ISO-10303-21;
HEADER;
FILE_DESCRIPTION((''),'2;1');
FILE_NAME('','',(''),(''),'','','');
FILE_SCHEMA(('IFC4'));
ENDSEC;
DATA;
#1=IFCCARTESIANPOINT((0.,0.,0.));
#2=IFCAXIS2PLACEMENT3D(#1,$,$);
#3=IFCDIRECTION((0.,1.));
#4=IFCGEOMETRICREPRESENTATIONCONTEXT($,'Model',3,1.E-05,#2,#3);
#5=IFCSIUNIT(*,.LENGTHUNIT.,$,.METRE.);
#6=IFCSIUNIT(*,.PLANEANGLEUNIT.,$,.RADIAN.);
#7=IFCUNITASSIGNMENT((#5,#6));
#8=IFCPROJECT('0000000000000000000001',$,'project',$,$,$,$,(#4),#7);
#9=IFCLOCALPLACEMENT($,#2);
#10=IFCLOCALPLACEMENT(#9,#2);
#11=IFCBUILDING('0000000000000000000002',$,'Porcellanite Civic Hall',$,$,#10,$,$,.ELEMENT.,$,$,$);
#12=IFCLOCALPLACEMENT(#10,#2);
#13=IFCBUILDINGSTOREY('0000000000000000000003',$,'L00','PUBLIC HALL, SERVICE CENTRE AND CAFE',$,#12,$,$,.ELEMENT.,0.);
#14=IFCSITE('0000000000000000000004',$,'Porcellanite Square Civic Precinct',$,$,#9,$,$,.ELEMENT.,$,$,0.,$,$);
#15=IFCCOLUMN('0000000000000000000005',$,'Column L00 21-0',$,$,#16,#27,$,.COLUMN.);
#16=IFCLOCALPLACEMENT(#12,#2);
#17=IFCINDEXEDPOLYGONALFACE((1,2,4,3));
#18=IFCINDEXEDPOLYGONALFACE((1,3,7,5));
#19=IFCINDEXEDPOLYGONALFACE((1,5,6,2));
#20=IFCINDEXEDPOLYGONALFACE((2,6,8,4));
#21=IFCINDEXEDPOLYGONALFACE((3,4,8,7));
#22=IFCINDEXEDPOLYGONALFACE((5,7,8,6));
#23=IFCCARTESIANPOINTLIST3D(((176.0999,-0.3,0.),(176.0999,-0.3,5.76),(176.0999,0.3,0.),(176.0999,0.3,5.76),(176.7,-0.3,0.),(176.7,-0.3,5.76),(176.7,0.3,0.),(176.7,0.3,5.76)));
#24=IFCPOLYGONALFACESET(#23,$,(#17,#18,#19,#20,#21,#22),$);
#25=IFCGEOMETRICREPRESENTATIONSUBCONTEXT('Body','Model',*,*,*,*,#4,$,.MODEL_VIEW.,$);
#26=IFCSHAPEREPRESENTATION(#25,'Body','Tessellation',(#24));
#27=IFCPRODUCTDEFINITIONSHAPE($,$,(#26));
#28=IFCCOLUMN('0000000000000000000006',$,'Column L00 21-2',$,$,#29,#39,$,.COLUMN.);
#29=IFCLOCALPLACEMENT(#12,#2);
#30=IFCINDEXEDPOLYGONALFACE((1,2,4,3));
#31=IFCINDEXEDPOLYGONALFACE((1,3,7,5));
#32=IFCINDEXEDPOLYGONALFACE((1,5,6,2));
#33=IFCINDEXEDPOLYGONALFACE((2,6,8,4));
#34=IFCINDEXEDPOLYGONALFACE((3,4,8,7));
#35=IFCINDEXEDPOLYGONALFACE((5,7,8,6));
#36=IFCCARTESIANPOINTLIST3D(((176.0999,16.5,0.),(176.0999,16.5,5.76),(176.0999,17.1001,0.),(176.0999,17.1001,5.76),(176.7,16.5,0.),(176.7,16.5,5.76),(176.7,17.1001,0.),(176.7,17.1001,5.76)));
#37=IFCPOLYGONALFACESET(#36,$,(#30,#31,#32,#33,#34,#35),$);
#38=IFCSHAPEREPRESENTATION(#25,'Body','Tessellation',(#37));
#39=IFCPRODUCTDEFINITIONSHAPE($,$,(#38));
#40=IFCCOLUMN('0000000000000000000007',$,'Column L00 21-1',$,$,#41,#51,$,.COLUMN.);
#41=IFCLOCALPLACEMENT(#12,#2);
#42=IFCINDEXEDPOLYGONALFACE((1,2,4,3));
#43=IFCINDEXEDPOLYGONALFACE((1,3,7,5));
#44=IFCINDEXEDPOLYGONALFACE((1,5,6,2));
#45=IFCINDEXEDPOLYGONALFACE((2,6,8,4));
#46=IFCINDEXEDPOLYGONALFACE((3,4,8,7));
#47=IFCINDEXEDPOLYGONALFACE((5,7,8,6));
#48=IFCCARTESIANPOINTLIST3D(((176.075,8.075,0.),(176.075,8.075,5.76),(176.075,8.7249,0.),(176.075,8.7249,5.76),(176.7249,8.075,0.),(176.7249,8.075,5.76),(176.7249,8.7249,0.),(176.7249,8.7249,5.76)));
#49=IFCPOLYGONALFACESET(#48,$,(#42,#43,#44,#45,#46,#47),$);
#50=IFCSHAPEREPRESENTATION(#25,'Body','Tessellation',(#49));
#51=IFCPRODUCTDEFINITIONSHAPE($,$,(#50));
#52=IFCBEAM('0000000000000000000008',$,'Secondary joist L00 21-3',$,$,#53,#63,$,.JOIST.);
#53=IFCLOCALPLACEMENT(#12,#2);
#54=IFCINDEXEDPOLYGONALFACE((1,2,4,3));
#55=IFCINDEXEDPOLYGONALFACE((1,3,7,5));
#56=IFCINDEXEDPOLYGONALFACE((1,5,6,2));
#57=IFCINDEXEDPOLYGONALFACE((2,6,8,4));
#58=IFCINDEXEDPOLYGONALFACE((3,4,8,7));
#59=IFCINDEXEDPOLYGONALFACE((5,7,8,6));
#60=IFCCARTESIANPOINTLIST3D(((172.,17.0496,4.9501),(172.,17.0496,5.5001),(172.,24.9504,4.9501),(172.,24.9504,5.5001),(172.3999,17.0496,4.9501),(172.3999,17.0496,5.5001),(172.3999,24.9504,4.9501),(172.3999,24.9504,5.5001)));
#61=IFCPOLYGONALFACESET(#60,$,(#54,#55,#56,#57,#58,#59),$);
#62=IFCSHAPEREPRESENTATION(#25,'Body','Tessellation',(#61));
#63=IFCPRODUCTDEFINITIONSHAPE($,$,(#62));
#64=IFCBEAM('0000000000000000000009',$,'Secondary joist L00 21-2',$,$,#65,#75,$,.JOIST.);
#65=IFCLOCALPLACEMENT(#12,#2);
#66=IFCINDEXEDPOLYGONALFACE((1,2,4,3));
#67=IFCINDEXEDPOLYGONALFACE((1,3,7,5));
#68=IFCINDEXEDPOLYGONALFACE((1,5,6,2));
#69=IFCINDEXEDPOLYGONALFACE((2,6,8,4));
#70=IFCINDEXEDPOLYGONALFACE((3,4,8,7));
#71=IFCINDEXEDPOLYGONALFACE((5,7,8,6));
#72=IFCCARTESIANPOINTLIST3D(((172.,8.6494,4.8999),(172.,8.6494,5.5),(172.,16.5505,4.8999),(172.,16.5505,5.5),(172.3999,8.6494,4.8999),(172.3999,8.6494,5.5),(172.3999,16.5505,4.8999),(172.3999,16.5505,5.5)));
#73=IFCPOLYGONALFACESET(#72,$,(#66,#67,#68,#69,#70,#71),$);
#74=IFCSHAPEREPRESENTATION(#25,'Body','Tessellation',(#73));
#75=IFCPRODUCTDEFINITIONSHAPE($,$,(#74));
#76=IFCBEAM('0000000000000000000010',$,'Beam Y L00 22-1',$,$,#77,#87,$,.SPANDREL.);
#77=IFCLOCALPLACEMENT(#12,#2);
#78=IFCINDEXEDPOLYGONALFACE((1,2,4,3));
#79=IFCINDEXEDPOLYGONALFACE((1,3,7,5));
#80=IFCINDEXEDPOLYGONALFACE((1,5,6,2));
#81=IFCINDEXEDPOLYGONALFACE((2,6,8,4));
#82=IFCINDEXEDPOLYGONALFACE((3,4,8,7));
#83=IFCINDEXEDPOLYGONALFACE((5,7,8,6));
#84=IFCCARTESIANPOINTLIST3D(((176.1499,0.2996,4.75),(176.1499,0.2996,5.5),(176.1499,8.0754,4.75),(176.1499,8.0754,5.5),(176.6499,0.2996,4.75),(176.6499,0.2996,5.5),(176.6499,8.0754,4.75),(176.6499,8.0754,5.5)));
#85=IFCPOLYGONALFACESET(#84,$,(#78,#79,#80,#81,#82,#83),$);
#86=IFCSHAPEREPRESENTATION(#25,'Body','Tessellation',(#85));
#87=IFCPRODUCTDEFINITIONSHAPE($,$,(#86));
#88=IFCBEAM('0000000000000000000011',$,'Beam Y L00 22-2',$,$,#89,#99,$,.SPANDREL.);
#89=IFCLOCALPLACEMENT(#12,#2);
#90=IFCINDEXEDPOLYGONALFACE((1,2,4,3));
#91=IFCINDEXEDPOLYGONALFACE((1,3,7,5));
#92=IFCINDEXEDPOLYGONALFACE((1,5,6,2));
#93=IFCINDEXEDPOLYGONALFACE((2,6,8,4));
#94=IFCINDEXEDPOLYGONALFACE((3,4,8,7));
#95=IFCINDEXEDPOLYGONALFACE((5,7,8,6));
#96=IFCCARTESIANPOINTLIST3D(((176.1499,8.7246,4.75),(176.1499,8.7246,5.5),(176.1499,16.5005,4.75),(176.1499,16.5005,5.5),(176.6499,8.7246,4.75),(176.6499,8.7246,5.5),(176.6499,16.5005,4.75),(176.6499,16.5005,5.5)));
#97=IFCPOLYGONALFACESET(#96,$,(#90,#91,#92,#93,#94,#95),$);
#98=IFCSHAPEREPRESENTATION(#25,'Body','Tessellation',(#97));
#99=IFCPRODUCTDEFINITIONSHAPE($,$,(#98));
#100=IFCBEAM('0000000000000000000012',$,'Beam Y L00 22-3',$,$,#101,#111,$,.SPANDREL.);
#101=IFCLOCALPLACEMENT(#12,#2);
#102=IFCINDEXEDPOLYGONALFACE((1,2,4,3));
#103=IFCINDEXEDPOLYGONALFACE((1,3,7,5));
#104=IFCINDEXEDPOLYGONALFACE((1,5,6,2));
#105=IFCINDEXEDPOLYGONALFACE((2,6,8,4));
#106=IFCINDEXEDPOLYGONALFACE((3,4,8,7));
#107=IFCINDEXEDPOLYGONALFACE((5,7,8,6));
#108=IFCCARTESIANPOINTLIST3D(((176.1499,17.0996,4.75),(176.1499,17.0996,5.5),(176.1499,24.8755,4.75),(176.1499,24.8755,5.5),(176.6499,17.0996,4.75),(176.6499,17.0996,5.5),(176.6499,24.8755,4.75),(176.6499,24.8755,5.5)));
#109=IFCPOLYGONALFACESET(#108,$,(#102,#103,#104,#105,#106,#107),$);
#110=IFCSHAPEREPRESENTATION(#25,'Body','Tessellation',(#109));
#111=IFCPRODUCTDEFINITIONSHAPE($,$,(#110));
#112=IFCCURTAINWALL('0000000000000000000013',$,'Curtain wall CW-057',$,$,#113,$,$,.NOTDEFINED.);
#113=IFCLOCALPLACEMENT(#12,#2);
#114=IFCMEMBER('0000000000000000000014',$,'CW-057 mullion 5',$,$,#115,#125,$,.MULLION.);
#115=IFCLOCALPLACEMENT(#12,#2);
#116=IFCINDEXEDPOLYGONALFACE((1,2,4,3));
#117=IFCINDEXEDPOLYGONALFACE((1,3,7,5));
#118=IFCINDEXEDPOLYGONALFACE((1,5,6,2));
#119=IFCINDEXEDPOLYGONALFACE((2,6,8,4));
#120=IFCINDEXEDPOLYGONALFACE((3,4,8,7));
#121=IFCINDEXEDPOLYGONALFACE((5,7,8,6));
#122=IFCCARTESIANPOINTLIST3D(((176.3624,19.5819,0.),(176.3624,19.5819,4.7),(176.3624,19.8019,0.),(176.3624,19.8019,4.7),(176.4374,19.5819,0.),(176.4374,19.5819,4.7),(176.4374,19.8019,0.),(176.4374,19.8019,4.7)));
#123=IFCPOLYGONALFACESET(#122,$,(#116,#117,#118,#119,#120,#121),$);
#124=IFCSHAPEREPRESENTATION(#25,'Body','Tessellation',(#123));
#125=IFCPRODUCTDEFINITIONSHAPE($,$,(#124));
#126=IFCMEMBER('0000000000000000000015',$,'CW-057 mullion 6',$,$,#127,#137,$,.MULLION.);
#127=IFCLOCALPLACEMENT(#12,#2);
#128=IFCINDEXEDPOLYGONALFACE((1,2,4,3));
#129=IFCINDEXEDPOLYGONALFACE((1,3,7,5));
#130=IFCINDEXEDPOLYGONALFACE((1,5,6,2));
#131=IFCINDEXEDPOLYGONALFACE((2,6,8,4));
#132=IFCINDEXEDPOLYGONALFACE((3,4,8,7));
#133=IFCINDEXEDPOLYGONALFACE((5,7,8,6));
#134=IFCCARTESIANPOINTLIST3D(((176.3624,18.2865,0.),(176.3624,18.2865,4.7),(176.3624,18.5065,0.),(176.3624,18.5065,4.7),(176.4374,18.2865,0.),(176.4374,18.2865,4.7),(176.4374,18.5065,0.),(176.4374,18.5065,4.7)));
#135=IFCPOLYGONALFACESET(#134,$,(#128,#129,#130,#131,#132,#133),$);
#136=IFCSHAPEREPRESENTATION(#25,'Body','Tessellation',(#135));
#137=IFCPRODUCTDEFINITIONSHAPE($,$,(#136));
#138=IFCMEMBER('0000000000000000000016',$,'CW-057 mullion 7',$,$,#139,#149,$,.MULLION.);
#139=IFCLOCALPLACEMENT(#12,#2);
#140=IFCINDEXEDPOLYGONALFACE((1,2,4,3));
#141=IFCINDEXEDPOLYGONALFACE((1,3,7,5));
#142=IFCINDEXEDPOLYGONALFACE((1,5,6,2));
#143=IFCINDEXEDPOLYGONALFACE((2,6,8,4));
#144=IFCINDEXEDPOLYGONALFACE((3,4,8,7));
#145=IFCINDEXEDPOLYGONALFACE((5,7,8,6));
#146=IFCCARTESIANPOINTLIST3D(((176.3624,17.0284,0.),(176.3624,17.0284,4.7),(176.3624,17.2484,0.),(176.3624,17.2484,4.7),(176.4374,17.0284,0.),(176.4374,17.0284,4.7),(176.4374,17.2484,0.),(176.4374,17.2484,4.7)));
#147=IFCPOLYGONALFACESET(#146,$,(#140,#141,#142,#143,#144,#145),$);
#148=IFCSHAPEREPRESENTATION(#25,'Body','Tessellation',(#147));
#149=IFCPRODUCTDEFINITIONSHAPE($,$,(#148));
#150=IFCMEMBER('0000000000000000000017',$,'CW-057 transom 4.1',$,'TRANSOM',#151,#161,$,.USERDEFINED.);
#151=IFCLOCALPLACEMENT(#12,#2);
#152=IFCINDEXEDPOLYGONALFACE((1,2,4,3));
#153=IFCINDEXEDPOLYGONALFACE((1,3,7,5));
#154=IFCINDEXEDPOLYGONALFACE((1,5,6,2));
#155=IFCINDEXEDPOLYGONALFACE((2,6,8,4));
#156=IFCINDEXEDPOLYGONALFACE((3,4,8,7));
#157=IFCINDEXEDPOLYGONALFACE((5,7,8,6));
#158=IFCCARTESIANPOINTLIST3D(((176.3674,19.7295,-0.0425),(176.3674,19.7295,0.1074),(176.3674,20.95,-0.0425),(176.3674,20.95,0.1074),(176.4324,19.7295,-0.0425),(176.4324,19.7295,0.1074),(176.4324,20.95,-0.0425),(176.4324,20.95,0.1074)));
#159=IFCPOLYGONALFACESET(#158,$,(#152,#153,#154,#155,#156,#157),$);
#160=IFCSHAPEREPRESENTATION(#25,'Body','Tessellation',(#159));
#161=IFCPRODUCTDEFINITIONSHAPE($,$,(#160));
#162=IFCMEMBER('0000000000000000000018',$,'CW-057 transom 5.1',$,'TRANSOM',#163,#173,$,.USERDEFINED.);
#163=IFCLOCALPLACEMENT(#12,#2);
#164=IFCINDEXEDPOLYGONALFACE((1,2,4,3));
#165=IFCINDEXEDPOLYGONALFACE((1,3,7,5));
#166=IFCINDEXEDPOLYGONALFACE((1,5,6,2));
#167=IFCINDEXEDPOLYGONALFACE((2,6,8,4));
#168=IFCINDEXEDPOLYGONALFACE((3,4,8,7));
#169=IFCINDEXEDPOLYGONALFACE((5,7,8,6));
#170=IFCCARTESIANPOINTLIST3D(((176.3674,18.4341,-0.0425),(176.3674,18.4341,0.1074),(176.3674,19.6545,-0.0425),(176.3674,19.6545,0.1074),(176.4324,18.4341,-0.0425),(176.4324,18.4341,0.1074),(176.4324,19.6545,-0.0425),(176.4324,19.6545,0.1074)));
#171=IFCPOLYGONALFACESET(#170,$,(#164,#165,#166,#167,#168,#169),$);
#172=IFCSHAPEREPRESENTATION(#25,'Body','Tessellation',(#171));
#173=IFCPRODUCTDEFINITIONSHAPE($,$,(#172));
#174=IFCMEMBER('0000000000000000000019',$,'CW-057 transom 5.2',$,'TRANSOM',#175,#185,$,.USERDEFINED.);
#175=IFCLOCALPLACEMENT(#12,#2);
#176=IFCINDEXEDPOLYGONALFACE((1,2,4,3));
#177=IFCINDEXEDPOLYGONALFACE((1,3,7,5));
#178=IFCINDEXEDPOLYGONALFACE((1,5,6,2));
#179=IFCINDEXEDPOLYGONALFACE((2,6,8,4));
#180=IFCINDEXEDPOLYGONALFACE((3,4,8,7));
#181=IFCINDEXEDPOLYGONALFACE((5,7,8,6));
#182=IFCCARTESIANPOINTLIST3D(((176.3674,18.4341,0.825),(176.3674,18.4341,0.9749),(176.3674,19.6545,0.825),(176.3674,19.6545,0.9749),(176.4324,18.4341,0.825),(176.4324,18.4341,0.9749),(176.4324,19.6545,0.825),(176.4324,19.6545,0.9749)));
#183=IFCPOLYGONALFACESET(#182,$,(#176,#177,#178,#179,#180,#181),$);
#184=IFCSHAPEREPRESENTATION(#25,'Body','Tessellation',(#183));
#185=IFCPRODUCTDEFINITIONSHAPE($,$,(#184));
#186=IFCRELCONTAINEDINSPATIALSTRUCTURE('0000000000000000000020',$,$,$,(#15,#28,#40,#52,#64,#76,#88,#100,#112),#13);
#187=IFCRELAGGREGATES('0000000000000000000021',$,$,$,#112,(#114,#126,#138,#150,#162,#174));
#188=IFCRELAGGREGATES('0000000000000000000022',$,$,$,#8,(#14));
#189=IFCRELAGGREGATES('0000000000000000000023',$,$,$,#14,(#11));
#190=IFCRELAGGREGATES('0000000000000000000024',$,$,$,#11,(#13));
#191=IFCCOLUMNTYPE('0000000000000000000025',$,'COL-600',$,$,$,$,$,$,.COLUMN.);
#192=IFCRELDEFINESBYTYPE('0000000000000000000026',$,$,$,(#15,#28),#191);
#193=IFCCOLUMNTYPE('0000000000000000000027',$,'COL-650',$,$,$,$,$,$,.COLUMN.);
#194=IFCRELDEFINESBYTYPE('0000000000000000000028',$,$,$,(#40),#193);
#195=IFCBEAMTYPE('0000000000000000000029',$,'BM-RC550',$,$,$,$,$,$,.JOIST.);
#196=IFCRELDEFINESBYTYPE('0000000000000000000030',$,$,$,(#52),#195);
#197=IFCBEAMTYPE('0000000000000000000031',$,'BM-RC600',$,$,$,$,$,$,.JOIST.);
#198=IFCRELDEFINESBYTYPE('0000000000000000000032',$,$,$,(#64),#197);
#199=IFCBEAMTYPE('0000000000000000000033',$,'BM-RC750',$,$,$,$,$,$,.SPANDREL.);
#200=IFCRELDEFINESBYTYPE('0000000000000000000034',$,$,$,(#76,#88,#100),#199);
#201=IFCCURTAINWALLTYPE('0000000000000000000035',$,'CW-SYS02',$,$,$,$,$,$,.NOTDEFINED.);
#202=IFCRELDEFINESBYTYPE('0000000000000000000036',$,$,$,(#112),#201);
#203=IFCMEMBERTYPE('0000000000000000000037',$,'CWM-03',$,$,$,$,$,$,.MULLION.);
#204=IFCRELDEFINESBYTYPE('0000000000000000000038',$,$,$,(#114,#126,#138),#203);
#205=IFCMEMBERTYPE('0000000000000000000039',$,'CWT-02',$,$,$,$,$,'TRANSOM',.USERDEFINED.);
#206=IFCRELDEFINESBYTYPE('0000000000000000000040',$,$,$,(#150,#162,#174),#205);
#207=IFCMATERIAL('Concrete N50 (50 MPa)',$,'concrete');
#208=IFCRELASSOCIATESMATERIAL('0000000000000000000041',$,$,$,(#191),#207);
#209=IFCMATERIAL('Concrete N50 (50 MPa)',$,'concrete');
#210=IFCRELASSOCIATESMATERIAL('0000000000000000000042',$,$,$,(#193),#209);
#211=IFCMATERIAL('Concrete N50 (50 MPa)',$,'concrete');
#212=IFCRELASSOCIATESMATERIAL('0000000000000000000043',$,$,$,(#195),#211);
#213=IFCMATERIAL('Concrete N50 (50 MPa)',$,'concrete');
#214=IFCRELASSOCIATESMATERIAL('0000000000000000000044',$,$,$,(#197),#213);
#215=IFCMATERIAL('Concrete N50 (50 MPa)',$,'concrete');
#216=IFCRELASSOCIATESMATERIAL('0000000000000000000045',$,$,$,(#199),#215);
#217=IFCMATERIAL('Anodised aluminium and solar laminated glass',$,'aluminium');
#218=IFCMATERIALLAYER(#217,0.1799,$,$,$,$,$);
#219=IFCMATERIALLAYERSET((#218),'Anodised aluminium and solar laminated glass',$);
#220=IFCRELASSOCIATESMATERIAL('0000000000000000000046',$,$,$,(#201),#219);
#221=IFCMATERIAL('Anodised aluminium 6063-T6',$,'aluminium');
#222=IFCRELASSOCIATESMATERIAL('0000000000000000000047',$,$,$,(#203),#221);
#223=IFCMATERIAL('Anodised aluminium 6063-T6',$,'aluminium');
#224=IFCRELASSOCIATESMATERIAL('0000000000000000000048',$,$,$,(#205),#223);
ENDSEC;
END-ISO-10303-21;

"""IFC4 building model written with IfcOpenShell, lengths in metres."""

from ifc_helpers import new_model, si_unit, direction, frame, origin, origin_2d, place, context, subcontext, project, spatial, rectangle, extrude, material, layer, layer_set, material_profile, profile_set, type_object, element, aggregate, save


model = new_model("IFC4")

# Units and contexts
model_context = context("Model", 3, precision=1e-05, world=origin(), true_north=direction((0.0, 1.0)))
body_context = subcontext(model_context, "Body", "Model", "MODEL_VIEW")
ifc_project = project(units=[si_unit("LENGTHUNIT", "METRE"), si_unit("PLANEANGLEUNIT", "RADIAN")], contexts=[model_context])

# Site, building, storey
site_placement = place(None, origin())
site = spatial("IfcSite", under=ifc_project, at=site_placement, Name="Porcellanite Square Civic Precinct", CompositionType="ELEMENT", RefElevation=0.0)
building_placement = place(site_placement, origin())
building = spatial("IfcBuilding", under=site, at=building_placement, Name="Porcellanite Civic Hall", CompositionType="ELEMENT")
storey_placement = place(building_placement, origin())
storey = spatial("IfcBuildingStorey", under=building, at=storey_placement, Name="L00", Description="PUBLIC HALL, SERVICE CENTRE AND CAFE", CompositionType="ELEMENT", Elevation=0.0)

# Columns
ifc_material_1 = material(Name="Concrete N50 (50 MPa)", Category="concrete")
ifc_material_profile_1 = material_profile(ifc_material_1, rectangle(XDim=0.6001, YDim=0.6001, at=origin_2d()), Name="RC-600x600")
ifc_profile_set_1 = profile_set([ifc_material_profile_1], Name="Concrete N50 (50 MPa)")
column_type_1 = type_object("IfcColumnType", Name="COL-600", PredefinedType="COLUMN", material=ifc_profile_set_1)
for number, where, z_axis, x_axis, name in (
    (1, (176.3999, 0.0, 0.0), (0.0, 0.0, 1.0), (1.0, 0.0, 0.0), "Column L00 21-0"),
    (2, (176.3999, 16.8, 0.0), (0.0, 0.0, 1.0), (1.0, 0.0, 0.0), "Column L00 21-2"),
):
    element("IfcColumn", number, at=place(storey_placement, frame(where, z_axis=z_axis, x_axis=x_axis)), inside=storey, type_object=column_type_1, Name=name, PredefinedType="COLUMN", context=body_context, shape_type="SweptSolid", body=[
        extrude(rectangle(XDim=0.6001, YDim=0.6001, at=origin_2d()), origin(), (0.0, 0.0, 1.0), 5.76),
    ])
ifc_material_2 = material(Name="Concrete N50 (50 MPa)", Category="concrete")
ifc_material_profile_2 = material_profile(ifc_material_2, rectangle(XDim=0.6499, YDim=0.6499, at=origin_2d()), Name="RC-650x650")
ifc_profile_set_2 = profile_set([ifc_material_profile_2], Name="Concrete N50 (50 MPa)")
column_type_2 = type_object("IfcColumnType", Name="COL-650", PredefinedType="COLUMN", material=ifc_profile_set_2)
column_placement = place(storey_placement, frame((176.3999, 8.3999, 0.0), z_axis=(0.0, 0.0, 1.0), x_axis=(1.0, 0.0, 0.0)))
element("IfcColumn", 3, at=column_placement, inside=storey, type_object=column_type_2, Name="Column L00 21-1", PredefinedType="COLUMN", context=body_context, shape_type="SweptSolid", body=[
    extrude(rectangle(XDim=0.6499, YDim=0.6499, at=origin_2d()), origin(), (0.0, 0.0, 1.0), 5.76),
])

# Beams
ifc_material_3 = material(Name="Concrete N50 (50 MPa)", Category="concrete")
ifc_material_profile_3 = material_profile(ifc_material_3, rectangle(XDim=0.3999, YDim=0.55, at=origin_2d()), Name="RC-400x550")
ifc_profile_set_3 = profile_set([ifc_material_profile_3], Name="Concrete N50 (50 MPa)")
beam_type_1 = type_object("IfcBeamType", Name="BM-RC550", PredefinedType="JOIST", material=ifc_profile_set_3)
beam_1_placement = place(storey_placement, frame((172.2, 17.0496, 5.2251), z_axis=(0.0, 1.0, 0.0), x_axis=(-1.0, 0.0, 0.0)))
element("IfcBeam", 4, at=beam_1_placement, inside=storey, type_object=beam_type_1, Name="Secondary joist L00 21-3", PredefinedType="JOIST", context=body_context, shape_type="SweptSolid", body=[
    extrude(rectangle(XDim=0.3999, YDim=0.55, at=origin_2d()), origin(), (0.0, 0.0, 1.0), 7.9009),
])
ifc_material_4 = material(Name="Concrete N50 (50 MPa)", Category="concrete")
ifc_material_profile_4 = material_profile(ifc_material_4, rectangle(XDim=0.3999, YDim=0.6001, at=origin_2d()), Name="RC-400x600")
ifc_profile_set_4 = profile_set([ifc_material_profile_4], Name="Concrete N50 (50 MPa)")
beam_type_2 = type_object("IfcBeamType", Name="BM-RC600", PredefinedType="JOIST", material=ifc_profile_set_4)
beam_2_placement = place(storey_placement, frame((172.2, 8.6494, 5.2), z_axis=(0.0, 1.0, 0.0), x_axis=(-1.0, 0.0, 0.0)))
element("IfcBeam", 5, at=beam_2_placement, inside=storey, type_object=beam_type_2, Name="Secondary joist L00 21-2", PredefinedType="JOIST", context=body_context, shape_type="SweptSolid", body=[
    extrude(rectangle(XDim=0.3999, YDim=0.6001, at=origin_2d()), origin(), (0.0, 0.0, 1.0), 7.9011),
])
ifc_material_5 = material(Name="Concrete N50 (50 MPa)", Category="concrete")
ifc_material_profile_5 = material_profile(ifc_material_5, rectangle(XDim=0.5, YDim=0.75, at=origin_2d()), Name="RC-500x750")
ifc_profile_set_5 = profile_set([ifc_material_profile_5], Name="Concrete N50 (50 MPa)")
beam_type_3 = type_object("IfcBeamType", Name="BM-RC750", PredefinedType="SPANDREL", material=ifc_profile_set_5)
for number, where, z_axis, x_axis, name in (
    (6, (176.3999, 0.2996, 5.125), (0.0, 1.0, 0.0), (-1.0, 0.0, 0.0), "Beam Y L00 22-1"),
    (7, (176.3999, 8.7246, 5.125), (0.0, 1.0, 0.0), (-1.0, 0.0, 0.0), "Beam Y L00 22-2"),
    (8, (176.3999, 17.0996, 5.125), (0.0, 1.0, 0.0), (-1.0, 0.0, 0.0), "Beam Y L00 22-3"),
):
    element("IfcBeam", number, at=place(storey_placement, frame(where, z_axis=z_axis, x_axis=x_axis)), inside=storey, type_object=beam_type_3, Name=name, PredefinedType="SPANDREL", context=body_context, shape_type="SweptSolid", body=[
        extrude(rectangle(XDim=0.5, YDim=0.75, at=origin_2d()), origin(), (0.0, 0.0, 1.0), 7.7759),
    ])

# Curtain wall, members
ifc_material_6 = material(Name="Anodised aluminium and solar laminated glass", Category="aluminium")
ifc_layer_1 = layer(ifc_material_6, 0.1799)
ifc_layer_set_1 = layer_set([ifc_layer_1], Name="Anodised aluminium and solar laminated glass")
curtain_wall_type = type_object("IfcCurtainWallType", Name="CW-SYS02", PredefinedType="NOTDEFINED", material=ifc_layer_set_1)
curtain_wall_placement = place(storey_placement, origin())
curtain_wall = element("IfcCurtainWall", 9, at=curtain_wall_placement, inside=storey, type_object=curtain_wall_type, Name="Curtain wall CW-057", PredefinedType="NOTDEFINED")
ifc_material_7 = material(Name="Anodised aluminium 6063-T6", Category="aluminium")
ifc_material_profile_6 = material_profile(ifc_material_7, rectangle(XDim=0.075, YDim=0.22, at=origin_2d()), Name="AL-75x220")
ifc_profile_set_6 = profile_set([ifc_material_profile_6], Name="Anodised aluminium 6063-T6")
member_type_1 = type_object("IfcMemberType", Name="CWM-03", PredefinedType="MULLION", material=ifc_profile_set_6)
member_1_placement = place(storey_placement, frame((176.3999, 19.6919, 0.0), z_axis=(0.0, 0.0, 1.0), x_axis=(1.0, 0.0, 0.0)))
member_1 = element("IfcMember", 10, at=member_1_placement, type_object=member_type_1, Name="CW-057 mullion 5", PredefinedType="MULLION", context=body_context, shape_type="SweptSolid", body=[
    extrude(rectangle(XDim=0.075, YDim=0.22, at=origin_2d()), origin(), (0.0, 0.0, 1.0), 4.7),
])
member_2_placement = place(storey_placement, frame((176.3999, 18.3965, 0.0), z_axis=(0.0, 0.0, 1.0), x_axis=(1.0, 0.0, 0.0)))
member_2 = element("IfcMember", 11, at=member_2_placement, type_object=member_type_1, Name="CW-057 mullion 6", PredefinedType="MULLION", context=body_context, shape_type="SweptSolid", body=[
    extrude(rectangle(XDim=0.075, YDim=0.22, at=origin_2d()), origin(), (0.0, 0.0, 1.0), 4.7),
])
member_3_placement = place(storey_placement, frame((176.3999, 17.1384, 0.0), z_axis=(0.0, 0.0, 1.0), x_axis=(1.0, 0.0, 0.0)))
member_3 = element("IfcMember", 12, at=member_3_placement, type_object=member_type_1, Name="CW-057 mullion 7", PredefinedType="MULLION", context=body_context, shape_type="SweptSolid", body=[
    extrude(rectangle(XDim=0.075, YDim=0.22, at=origin_2d()), origin(), (0.0, 0.0, 1.0), 4.7),
])
ifc_material_8 = material(Name="Anodised aluminium 6063-T6", Category="aluminium")
ifc_material_profile_7 = material_profile(ifc_material_8, rectangle(XDim=0.0649, YDim=0.1499, at=origin_2d()), Name="AL-65x150")
ifc_profile_set_7 = profile_set([ifc_material_profile_7], Name="Anodised aluminium 6063-T6")
member_type_2 = type_object("IfcMemberType", Name="CWT-02", ElementType="TRANSOM", PredefinedType="USERDEFINED", material=ifc_profile_set_7)
member_4_placement = place(storey_placement, frame((176.3999, 20.95, 0.0325), z_axis=(0.0, -1.0, 0.0), x_axis=(1.0, 0.0, 0.0)))
member_4 = element("IfcMember", 13, at=member_4_placement, type_object=member_type_2, Name="CW-057 transom 4.1", ObjectType="TRANSOM", PredefinedType="USERDEFINED", context=body_context, shape_type="SweptSolid", body=[
    extrude(rectangle(XDim=0.0649, YDim=0.1499, at=origin_2d()), origin(), (0.0, 0.0, 1.0), 1.2205),
])
member_5_placement = place(storey_placement, frame((176.3999, 19.6545, 0.0325), z_axis=(0.0, -1.0, 0.0), x_axis=(1.0, 0.0, 0.0)))
member_5 = element("IfcMember", 14, at=member_5_placement, type_object=member_type_2, Name="CW-057 transom 5.1", ObjectType="TRANSOM", PredefinedType="USERDEFINED", context=body_context, shape_type="SweptSolid", body=[
    extrude(rectangle(XDim=0.0649, YDim=0.1499, at=origin_2d()), origin(), (0.0, 0.0, 1.0), 1.2205),
])
member_6_placement = place(storey_placement, frame((176.3999, 19.6545, 0.8999), z_axis=(0.0, -1.0, 0.0), x_axis=(1.0, 0.0, 0.0)))
member_6 = element("IfcMember", 15, at=member_6_placement, type_object=member_type_2, Name="CW-057 transom 5.2", ObjectType="TRANSOM", PredefinedType="USERDEFINED", context=body_context, shape_type="SweptSolid", body=[
    extrude(rectangle(XDim=0.0649, YDim=0.1499, at=origin_2d()), origin(), (0.0, 0.0, 1.0), 1.2205),
])
aggregate(curtain_wall, [member_1, member_2, member_3, member_4, member_5, member_6])

save(model, "model.ifc")
